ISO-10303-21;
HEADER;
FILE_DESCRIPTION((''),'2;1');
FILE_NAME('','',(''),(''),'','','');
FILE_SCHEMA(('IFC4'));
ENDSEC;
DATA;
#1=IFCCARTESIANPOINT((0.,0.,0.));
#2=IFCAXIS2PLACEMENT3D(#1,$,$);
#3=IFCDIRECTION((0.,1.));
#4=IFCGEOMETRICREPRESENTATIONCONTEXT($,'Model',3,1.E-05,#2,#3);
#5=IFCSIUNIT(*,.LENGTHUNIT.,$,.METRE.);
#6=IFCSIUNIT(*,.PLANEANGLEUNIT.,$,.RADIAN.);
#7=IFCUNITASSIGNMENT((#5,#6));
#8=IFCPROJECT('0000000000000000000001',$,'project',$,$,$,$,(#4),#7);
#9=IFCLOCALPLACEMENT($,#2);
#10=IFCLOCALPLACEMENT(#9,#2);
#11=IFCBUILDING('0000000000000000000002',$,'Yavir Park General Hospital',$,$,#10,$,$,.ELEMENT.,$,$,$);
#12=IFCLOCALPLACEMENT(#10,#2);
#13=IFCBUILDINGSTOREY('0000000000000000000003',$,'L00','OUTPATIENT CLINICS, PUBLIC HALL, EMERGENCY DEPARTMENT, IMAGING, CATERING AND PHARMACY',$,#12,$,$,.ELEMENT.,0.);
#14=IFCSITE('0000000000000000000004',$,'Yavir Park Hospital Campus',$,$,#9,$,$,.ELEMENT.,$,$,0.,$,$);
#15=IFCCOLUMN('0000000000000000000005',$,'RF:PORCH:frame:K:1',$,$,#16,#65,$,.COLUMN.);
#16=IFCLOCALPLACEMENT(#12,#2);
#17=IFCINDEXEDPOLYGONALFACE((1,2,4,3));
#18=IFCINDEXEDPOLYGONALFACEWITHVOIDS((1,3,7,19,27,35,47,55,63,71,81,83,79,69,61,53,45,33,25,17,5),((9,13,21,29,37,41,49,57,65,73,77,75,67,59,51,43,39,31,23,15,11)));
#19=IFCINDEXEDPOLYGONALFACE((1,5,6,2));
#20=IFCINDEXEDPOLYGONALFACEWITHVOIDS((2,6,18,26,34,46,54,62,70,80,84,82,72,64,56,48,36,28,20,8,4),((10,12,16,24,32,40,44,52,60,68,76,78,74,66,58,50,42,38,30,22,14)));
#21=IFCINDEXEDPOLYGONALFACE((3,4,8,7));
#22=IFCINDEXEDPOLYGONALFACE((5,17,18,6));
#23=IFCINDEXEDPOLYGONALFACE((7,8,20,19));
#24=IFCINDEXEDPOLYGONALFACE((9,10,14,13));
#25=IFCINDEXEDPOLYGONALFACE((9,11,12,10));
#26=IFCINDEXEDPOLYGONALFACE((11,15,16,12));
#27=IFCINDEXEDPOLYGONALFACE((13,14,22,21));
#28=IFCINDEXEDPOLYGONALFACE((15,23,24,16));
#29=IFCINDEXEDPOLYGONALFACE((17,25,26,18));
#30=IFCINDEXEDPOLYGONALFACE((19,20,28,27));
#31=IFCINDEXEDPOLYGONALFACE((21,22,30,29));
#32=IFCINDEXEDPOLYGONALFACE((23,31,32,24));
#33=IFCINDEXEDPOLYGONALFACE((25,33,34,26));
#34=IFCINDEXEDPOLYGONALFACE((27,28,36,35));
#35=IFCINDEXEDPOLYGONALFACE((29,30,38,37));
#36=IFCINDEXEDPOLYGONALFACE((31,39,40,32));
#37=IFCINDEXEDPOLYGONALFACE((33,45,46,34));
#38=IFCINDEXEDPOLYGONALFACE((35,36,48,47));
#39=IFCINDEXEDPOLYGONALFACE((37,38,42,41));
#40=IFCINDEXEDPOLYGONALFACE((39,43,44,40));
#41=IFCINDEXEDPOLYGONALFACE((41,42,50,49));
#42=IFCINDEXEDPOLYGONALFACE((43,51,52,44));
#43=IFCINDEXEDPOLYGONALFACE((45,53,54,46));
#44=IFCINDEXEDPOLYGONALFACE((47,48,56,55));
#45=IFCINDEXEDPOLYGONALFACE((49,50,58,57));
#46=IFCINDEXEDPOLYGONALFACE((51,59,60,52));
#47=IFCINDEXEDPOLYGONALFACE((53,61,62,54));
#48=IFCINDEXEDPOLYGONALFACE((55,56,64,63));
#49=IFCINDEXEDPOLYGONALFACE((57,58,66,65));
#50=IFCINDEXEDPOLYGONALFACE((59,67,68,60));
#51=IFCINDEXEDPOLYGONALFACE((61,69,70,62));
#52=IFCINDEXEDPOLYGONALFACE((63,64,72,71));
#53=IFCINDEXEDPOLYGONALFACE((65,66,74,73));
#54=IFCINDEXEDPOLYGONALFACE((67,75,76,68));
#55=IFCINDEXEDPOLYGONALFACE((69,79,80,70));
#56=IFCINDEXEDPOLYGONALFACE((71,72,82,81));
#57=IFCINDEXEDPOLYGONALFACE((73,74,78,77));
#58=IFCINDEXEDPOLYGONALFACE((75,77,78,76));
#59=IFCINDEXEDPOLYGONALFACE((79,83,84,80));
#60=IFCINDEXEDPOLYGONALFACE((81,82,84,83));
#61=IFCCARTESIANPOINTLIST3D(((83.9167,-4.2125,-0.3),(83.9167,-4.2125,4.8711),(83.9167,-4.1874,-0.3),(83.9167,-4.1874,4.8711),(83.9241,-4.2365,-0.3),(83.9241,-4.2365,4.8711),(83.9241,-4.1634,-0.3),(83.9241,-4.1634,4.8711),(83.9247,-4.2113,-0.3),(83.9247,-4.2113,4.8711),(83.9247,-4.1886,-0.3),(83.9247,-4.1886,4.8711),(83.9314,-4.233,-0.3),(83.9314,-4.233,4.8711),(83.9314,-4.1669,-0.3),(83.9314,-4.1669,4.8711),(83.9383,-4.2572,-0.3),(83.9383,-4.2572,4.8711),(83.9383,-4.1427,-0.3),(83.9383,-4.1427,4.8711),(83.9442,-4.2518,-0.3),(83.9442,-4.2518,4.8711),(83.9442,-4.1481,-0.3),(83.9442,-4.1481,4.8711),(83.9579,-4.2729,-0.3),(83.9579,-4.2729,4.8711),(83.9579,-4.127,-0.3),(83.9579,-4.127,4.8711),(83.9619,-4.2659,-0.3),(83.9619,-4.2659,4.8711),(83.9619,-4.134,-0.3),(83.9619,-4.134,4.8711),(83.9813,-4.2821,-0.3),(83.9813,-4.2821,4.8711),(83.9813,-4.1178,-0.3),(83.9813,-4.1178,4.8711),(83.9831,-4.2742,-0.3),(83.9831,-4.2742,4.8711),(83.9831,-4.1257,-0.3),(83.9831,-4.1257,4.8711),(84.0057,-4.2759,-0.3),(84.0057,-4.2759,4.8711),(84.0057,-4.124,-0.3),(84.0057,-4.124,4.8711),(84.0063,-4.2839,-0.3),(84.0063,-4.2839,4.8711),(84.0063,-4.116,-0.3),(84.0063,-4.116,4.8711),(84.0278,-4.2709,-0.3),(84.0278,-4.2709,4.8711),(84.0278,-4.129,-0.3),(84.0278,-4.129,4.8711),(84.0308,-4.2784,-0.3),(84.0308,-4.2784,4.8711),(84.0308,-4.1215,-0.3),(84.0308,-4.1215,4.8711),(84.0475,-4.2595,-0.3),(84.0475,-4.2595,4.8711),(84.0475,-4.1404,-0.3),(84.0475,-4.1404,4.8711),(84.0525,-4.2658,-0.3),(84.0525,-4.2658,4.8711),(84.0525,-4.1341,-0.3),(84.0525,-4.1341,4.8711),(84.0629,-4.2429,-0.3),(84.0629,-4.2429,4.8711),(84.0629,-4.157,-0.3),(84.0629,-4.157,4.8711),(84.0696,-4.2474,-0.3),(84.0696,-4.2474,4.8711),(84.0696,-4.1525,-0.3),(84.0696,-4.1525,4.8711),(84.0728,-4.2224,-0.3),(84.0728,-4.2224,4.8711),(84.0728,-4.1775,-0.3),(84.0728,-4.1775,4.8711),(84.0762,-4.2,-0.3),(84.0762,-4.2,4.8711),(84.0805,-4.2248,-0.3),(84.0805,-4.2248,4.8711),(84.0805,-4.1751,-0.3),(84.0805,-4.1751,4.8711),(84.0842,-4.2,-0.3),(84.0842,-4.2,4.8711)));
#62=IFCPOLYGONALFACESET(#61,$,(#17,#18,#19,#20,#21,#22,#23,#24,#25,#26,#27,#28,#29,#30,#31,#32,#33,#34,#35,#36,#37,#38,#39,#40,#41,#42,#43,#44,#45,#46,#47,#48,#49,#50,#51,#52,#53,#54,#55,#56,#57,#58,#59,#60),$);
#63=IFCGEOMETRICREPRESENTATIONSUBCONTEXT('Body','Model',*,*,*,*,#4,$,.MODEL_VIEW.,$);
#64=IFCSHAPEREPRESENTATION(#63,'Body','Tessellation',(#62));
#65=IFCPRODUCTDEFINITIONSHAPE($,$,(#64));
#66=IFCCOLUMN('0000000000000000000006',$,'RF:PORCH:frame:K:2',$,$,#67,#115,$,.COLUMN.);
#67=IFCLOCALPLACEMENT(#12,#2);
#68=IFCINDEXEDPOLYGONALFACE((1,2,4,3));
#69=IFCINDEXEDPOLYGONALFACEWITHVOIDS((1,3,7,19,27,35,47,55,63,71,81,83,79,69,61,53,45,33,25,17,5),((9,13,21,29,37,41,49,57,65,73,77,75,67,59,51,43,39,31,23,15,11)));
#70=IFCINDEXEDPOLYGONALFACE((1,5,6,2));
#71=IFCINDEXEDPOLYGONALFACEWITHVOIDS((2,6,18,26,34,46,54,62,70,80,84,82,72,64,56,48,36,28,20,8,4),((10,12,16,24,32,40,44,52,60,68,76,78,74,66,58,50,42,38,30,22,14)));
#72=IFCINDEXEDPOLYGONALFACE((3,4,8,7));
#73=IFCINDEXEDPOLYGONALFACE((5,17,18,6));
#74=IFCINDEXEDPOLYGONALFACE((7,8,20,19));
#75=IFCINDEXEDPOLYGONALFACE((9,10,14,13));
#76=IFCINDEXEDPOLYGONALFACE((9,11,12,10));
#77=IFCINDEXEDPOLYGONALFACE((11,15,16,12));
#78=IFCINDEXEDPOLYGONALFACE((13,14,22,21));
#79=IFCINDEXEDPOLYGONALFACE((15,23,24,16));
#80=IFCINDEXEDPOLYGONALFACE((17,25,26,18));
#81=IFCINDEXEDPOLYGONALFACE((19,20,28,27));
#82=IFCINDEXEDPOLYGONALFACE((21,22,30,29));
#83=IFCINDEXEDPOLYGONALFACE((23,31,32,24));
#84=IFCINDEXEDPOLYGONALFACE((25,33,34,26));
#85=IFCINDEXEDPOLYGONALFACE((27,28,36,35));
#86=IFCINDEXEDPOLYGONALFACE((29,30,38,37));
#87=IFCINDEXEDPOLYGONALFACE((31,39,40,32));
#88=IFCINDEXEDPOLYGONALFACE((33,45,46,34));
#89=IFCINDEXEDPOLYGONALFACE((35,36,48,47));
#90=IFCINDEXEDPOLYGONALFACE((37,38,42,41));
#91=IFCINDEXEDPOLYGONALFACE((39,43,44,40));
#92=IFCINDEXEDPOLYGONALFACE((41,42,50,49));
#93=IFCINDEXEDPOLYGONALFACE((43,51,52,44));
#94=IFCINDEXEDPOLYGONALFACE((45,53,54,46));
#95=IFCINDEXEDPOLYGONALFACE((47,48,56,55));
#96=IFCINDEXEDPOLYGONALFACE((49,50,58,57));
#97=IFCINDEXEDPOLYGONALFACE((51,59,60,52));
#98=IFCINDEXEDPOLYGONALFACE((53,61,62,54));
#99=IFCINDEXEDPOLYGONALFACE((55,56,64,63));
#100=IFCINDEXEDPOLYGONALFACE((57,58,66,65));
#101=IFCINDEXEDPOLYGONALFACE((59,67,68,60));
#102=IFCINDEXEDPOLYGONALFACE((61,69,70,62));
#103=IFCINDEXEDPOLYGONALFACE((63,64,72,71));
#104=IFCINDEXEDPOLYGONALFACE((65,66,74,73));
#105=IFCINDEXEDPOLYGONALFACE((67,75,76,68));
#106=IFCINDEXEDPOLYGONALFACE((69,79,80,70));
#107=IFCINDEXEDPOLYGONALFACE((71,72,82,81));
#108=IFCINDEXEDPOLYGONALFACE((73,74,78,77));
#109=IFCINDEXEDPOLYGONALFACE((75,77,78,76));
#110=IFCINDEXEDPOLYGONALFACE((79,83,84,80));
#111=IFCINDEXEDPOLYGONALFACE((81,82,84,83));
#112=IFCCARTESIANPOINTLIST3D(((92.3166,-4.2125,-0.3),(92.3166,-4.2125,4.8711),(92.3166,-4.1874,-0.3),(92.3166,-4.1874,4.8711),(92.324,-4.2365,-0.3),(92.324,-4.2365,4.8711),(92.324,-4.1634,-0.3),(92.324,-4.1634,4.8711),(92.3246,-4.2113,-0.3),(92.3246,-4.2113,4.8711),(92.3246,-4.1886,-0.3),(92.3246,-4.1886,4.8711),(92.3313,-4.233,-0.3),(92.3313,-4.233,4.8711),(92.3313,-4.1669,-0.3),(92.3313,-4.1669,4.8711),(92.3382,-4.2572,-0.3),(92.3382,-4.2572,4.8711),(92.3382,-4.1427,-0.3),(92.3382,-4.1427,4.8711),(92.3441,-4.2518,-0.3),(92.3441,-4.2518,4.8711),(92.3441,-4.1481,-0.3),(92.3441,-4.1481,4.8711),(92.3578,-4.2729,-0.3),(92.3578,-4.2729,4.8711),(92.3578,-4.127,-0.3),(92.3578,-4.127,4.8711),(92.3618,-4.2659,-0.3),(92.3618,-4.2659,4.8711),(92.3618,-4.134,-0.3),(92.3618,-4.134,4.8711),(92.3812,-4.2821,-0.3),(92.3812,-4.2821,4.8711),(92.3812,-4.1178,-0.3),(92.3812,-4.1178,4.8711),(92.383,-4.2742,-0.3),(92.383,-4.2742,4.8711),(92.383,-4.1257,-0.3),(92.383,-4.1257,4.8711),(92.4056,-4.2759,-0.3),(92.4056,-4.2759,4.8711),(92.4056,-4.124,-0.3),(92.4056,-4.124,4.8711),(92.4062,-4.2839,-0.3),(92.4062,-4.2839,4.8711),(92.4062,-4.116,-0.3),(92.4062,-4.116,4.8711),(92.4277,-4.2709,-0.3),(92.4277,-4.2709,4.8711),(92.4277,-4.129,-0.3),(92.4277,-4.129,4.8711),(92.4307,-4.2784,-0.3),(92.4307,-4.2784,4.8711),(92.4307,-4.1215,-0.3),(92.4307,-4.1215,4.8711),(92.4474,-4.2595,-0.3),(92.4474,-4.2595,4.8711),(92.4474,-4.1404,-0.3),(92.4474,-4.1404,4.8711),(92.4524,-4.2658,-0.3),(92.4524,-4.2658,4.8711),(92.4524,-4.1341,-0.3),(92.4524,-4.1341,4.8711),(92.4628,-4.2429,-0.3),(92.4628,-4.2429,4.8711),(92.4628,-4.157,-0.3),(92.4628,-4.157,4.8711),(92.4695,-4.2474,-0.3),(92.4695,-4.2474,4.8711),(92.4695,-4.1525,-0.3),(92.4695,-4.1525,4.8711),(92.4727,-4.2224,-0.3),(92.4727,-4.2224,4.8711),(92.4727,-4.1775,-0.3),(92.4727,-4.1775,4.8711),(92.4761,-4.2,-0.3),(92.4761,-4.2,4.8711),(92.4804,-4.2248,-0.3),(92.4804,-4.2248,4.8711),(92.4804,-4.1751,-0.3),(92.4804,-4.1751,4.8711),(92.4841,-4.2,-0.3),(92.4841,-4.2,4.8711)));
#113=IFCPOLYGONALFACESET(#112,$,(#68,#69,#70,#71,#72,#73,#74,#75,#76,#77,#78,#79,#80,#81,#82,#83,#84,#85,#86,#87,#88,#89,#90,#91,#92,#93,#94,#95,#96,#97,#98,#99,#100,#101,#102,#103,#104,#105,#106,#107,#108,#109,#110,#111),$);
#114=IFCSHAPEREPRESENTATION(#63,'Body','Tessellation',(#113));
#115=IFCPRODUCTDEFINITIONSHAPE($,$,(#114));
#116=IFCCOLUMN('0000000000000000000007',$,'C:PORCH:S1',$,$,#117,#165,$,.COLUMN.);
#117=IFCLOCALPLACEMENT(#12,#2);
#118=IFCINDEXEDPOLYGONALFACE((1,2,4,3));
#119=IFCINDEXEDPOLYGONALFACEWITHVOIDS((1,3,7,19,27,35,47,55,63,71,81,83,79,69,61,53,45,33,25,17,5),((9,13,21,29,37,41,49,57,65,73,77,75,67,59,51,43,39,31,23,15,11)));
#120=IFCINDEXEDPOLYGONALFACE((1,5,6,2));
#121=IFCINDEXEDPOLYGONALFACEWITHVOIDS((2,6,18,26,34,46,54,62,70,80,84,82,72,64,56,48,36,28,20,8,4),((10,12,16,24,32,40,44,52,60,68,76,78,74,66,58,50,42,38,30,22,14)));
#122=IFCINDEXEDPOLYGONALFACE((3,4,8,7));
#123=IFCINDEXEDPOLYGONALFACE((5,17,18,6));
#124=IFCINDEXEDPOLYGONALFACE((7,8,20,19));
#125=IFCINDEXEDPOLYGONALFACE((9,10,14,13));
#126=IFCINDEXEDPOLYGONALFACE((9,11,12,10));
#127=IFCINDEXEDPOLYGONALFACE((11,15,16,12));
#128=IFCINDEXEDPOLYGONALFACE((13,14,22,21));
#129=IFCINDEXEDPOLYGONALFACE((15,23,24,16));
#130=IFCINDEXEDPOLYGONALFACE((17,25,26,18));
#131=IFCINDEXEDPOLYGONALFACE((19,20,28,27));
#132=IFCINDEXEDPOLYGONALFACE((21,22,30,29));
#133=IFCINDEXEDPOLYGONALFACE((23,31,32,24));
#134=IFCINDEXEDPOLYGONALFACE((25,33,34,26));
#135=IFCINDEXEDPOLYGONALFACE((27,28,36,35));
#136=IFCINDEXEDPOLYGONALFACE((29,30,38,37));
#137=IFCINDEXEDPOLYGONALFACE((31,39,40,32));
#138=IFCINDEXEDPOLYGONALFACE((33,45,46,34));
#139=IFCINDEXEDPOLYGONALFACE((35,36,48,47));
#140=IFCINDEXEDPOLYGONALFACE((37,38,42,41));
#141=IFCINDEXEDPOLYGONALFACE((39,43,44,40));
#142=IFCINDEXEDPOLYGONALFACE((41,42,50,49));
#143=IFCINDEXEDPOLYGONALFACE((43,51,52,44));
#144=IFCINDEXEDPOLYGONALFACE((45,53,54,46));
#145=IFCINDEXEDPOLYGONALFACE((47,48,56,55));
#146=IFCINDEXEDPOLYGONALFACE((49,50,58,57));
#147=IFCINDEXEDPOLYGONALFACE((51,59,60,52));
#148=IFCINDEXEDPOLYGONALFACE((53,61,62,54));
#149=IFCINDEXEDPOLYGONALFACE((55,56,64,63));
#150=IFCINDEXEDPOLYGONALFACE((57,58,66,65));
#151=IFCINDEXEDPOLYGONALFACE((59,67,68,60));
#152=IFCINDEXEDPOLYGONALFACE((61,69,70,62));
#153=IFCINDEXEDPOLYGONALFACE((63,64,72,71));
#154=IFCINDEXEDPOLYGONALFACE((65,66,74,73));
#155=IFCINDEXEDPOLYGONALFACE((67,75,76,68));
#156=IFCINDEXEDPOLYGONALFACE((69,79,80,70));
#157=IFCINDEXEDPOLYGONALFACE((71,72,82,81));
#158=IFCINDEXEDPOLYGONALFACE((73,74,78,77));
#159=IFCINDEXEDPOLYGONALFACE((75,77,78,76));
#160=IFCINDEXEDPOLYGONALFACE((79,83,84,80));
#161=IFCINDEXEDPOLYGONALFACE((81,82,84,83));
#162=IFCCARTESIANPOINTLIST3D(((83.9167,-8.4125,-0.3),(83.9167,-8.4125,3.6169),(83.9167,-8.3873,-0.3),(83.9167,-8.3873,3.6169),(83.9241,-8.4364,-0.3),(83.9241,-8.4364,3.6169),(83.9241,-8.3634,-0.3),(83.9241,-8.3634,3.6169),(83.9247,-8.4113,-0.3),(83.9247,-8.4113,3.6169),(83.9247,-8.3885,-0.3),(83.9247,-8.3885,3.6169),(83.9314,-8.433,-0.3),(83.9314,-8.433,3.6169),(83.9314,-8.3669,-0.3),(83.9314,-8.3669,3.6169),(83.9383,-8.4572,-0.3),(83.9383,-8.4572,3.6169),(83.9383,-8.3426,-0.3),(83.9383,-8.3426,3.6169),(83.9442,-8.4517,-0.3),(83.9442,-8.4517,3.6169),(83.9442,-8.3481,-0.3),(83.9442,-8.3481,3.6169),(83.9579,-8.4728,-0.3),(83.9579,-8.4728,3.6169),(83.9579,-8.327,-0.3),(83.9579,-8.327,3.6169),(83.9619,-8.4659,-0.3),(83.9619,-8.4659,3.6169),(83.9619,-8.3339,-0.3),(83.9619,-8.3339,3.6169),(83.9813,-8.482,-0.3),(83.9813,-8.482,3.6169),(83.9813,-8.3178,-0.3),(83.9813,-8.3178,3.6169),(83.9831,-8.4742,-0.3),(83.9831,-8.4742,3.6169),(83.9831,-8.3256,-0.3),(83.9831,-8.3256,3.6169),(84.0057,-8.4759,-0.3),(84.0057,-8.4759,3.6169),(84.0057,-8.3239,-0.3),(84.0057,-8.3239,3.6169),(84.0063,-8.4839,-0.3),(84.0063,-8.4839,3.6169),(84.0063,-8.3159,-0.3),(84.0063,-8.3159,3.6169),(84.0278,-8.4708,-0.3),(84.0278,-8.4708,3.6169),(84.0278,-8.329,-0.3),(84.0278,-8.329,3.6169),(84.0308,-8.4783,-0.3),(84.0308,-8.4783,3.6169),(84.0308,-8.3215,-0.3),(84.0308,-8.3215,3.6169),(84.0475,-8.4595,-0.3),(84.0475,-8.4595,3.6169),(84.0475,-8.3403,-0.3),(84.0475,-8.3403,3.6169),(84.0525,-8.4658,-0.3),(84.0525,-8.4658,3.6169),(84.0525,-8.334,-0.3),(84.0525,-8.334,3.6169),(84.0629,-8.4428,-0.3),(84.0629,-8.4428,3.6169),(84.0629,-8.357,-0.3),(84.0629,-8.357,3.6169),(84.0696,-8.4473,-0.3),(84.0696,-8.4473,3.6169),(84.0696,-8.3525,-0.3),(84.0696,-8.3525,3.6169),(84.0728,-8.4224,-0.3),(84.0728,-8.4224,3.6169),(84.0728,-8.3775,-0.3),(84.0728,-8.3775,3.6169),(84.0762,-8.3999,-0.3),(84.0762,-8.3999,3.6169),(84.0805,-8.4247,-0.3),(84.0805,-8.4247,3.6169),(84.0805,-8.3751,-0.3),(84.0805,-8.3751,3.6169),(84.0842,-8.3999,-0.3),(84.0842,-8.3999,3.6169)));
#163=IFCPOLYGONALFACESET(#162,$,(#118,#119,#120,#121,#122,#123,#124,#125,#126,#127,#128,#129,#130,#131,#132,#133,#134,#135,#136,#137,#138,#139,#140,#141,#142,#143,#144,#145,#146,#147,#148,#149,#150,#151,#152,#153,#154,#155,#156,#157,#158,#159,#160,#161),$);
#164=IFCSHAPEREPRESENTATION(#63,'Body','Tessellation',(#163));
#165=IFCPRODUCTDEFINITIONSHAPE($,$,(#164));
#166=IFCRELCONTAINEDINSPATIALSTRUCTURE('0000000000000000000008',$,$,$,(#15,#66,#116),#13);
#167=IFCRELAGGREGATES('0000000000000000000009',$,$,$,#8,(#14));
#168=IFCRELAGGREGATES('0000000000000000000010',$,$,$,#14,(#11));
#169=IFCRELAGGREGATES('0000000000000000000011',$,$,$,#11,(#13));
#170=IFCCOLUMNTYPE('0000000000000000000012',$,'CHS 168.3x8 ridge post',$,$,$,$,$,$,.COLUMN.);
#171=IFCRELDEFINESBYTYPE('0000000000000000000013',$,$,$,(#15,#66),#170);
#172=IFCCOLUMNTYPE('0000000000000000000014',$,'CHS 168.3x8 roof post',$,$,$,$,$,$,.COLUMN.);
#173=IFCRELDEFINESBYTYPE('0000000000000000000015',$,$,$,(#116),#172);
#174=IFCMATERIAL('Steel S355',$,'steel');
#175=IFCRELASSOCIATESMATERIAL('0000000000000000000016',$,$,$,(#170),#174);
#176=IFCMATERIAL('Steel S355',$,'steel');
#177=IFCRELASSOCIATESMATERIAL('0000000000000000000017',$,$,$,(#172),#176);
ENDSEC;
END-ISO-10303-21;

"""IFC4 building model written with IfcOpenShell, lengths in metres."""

from ifc_helpers import new_model, si_unit, direction, frame, origin, origin_2d, place, context, subcontext, project, spatial, hollow_circle, extrude, material, material_profile, profile_set, type_object, element, save


model = new_model("IFC4")

# Units and contexts
model_context = context("Model", 3, precision=1e-05, world=origin(), true_north=direction((0.0, 1.0)))
body_context = subcontext(model_context, "Body", "Model", "MODEL_VIEW")
ifc_project = project(units=[si_unit("LENGTHUNIT", "METRE"), si_unit("PLANEANGLEUNIT", "RADIAN")], contexts=[model_context])

# Site, building, storey
site_placement = place(None, origin())
site = spatial("IfcSite", under=ifc_project, at=site_placement, Name="Yavir Park Hospital Campus", CompositionType="ELEMENT", RefElevation=0.0)
building_placement = place(site_placement, origin())
building = spatial("IfcBuilding", under=site, at=building_placement, Name="Yavir Park General Hospital", CompositionType="ELEMENT")
storey_placement = place(building_placement, origin())
storey = spatial("IfcBuildingStorey", under=building, at=storey_placement, Name="L00", Description="OUTPATIENT CLINICS, PUBLIC HALL, EMERGENCY DEPARTMENT, IMAGING, CATERING AND PHARMACY", CompositionType="ELEMENT", Elevation=0.0)

# Columns
ifc_material_1 = material(Name="Steel S355", Category="steel")
ifc_material_profile_1 = material_profile(ifc_material_1, hollow_circle(Radius=0.0842, WallThickness=0.0081, at=origin_2d()), Name="CHS168.3x8")
ifc_profile_set_1 = profile_set([ifc_material_profile_1], Name="Steel S355")
column_type_1 = type_object("IfcColumnType", Name="CHS 168.3x8 ridge post", PredefinedType="COLUMN", material=ifc_profile_set_1)
for number, where, z_axis, x_axis, name in (
    (1, (84.0, -4.2, -0.3), (0.0, 0.0, 1.0), (1.0, 0.0, 0.0), "RF:PORCH:frame:K:1"),
    (2, (92.3999, -4.2, -0.3), (0.0, 0.0, 1.0), (1.0, 0.0, 0.0), "RF:PORCH:frame:K:2"),
):
    element("IfcColumn", number, at=place(storey_placement, frame(where, z_axis=z_axis, x_axis=x_axis)), inside=storey, type_object=column_type_1, Name=name, PredefinedType="COLUMN", context=body_context, shape_type="SweptSolid", body=[
        extrude(hollow_circle(Radius=0.0842, WallThickness=0.0081, at=origin_2d()), origin(), (0.0, 0.0, 1.0), 5.1711),
    ])
ifc_material_2 = material(Name="Steel S355", Category="steel")
ifc_material_profile_2 = material_profile(ifc_material_2, hollow_circle(Radius=0.0842, WallThickness=0.0081, at=origin_2d()), Name="CHS168.3x8")
ifc_profile_set_2 = profile_set([ifc_material_profile_2], Name="Steel S355")
column_type_2 = type_object("IfcColumnType", Name="CHS 168.3x8 roof post", PredefinedType="COLUMN", material=ifc_profile_set_2)
for number, where, z_axis, x_axis, name in (
    (3, (84.0, -8.3999, -0.3), (0.0, 0.0, 1.0), (1.0, 0.0, 0.0), "C:PORCH:S1"),
):
    element("IfcColumn", number, at=place(storey_placement, frame(where, z_axis=z_axis, x_axis=x_axis)), inside=storey, type_object=column_type_2, Name=name, PredefinedType="COLUMN", context=body_context, shape_type="SweptSolid", body=[
        extrude(hollow_circle(Radius=0.0842, WallThickness=0.0081, at=origin_2d()), origin(), (0.0, 0.0, 1.0), 3.917),
    ])

save(model, "model.ifc")
